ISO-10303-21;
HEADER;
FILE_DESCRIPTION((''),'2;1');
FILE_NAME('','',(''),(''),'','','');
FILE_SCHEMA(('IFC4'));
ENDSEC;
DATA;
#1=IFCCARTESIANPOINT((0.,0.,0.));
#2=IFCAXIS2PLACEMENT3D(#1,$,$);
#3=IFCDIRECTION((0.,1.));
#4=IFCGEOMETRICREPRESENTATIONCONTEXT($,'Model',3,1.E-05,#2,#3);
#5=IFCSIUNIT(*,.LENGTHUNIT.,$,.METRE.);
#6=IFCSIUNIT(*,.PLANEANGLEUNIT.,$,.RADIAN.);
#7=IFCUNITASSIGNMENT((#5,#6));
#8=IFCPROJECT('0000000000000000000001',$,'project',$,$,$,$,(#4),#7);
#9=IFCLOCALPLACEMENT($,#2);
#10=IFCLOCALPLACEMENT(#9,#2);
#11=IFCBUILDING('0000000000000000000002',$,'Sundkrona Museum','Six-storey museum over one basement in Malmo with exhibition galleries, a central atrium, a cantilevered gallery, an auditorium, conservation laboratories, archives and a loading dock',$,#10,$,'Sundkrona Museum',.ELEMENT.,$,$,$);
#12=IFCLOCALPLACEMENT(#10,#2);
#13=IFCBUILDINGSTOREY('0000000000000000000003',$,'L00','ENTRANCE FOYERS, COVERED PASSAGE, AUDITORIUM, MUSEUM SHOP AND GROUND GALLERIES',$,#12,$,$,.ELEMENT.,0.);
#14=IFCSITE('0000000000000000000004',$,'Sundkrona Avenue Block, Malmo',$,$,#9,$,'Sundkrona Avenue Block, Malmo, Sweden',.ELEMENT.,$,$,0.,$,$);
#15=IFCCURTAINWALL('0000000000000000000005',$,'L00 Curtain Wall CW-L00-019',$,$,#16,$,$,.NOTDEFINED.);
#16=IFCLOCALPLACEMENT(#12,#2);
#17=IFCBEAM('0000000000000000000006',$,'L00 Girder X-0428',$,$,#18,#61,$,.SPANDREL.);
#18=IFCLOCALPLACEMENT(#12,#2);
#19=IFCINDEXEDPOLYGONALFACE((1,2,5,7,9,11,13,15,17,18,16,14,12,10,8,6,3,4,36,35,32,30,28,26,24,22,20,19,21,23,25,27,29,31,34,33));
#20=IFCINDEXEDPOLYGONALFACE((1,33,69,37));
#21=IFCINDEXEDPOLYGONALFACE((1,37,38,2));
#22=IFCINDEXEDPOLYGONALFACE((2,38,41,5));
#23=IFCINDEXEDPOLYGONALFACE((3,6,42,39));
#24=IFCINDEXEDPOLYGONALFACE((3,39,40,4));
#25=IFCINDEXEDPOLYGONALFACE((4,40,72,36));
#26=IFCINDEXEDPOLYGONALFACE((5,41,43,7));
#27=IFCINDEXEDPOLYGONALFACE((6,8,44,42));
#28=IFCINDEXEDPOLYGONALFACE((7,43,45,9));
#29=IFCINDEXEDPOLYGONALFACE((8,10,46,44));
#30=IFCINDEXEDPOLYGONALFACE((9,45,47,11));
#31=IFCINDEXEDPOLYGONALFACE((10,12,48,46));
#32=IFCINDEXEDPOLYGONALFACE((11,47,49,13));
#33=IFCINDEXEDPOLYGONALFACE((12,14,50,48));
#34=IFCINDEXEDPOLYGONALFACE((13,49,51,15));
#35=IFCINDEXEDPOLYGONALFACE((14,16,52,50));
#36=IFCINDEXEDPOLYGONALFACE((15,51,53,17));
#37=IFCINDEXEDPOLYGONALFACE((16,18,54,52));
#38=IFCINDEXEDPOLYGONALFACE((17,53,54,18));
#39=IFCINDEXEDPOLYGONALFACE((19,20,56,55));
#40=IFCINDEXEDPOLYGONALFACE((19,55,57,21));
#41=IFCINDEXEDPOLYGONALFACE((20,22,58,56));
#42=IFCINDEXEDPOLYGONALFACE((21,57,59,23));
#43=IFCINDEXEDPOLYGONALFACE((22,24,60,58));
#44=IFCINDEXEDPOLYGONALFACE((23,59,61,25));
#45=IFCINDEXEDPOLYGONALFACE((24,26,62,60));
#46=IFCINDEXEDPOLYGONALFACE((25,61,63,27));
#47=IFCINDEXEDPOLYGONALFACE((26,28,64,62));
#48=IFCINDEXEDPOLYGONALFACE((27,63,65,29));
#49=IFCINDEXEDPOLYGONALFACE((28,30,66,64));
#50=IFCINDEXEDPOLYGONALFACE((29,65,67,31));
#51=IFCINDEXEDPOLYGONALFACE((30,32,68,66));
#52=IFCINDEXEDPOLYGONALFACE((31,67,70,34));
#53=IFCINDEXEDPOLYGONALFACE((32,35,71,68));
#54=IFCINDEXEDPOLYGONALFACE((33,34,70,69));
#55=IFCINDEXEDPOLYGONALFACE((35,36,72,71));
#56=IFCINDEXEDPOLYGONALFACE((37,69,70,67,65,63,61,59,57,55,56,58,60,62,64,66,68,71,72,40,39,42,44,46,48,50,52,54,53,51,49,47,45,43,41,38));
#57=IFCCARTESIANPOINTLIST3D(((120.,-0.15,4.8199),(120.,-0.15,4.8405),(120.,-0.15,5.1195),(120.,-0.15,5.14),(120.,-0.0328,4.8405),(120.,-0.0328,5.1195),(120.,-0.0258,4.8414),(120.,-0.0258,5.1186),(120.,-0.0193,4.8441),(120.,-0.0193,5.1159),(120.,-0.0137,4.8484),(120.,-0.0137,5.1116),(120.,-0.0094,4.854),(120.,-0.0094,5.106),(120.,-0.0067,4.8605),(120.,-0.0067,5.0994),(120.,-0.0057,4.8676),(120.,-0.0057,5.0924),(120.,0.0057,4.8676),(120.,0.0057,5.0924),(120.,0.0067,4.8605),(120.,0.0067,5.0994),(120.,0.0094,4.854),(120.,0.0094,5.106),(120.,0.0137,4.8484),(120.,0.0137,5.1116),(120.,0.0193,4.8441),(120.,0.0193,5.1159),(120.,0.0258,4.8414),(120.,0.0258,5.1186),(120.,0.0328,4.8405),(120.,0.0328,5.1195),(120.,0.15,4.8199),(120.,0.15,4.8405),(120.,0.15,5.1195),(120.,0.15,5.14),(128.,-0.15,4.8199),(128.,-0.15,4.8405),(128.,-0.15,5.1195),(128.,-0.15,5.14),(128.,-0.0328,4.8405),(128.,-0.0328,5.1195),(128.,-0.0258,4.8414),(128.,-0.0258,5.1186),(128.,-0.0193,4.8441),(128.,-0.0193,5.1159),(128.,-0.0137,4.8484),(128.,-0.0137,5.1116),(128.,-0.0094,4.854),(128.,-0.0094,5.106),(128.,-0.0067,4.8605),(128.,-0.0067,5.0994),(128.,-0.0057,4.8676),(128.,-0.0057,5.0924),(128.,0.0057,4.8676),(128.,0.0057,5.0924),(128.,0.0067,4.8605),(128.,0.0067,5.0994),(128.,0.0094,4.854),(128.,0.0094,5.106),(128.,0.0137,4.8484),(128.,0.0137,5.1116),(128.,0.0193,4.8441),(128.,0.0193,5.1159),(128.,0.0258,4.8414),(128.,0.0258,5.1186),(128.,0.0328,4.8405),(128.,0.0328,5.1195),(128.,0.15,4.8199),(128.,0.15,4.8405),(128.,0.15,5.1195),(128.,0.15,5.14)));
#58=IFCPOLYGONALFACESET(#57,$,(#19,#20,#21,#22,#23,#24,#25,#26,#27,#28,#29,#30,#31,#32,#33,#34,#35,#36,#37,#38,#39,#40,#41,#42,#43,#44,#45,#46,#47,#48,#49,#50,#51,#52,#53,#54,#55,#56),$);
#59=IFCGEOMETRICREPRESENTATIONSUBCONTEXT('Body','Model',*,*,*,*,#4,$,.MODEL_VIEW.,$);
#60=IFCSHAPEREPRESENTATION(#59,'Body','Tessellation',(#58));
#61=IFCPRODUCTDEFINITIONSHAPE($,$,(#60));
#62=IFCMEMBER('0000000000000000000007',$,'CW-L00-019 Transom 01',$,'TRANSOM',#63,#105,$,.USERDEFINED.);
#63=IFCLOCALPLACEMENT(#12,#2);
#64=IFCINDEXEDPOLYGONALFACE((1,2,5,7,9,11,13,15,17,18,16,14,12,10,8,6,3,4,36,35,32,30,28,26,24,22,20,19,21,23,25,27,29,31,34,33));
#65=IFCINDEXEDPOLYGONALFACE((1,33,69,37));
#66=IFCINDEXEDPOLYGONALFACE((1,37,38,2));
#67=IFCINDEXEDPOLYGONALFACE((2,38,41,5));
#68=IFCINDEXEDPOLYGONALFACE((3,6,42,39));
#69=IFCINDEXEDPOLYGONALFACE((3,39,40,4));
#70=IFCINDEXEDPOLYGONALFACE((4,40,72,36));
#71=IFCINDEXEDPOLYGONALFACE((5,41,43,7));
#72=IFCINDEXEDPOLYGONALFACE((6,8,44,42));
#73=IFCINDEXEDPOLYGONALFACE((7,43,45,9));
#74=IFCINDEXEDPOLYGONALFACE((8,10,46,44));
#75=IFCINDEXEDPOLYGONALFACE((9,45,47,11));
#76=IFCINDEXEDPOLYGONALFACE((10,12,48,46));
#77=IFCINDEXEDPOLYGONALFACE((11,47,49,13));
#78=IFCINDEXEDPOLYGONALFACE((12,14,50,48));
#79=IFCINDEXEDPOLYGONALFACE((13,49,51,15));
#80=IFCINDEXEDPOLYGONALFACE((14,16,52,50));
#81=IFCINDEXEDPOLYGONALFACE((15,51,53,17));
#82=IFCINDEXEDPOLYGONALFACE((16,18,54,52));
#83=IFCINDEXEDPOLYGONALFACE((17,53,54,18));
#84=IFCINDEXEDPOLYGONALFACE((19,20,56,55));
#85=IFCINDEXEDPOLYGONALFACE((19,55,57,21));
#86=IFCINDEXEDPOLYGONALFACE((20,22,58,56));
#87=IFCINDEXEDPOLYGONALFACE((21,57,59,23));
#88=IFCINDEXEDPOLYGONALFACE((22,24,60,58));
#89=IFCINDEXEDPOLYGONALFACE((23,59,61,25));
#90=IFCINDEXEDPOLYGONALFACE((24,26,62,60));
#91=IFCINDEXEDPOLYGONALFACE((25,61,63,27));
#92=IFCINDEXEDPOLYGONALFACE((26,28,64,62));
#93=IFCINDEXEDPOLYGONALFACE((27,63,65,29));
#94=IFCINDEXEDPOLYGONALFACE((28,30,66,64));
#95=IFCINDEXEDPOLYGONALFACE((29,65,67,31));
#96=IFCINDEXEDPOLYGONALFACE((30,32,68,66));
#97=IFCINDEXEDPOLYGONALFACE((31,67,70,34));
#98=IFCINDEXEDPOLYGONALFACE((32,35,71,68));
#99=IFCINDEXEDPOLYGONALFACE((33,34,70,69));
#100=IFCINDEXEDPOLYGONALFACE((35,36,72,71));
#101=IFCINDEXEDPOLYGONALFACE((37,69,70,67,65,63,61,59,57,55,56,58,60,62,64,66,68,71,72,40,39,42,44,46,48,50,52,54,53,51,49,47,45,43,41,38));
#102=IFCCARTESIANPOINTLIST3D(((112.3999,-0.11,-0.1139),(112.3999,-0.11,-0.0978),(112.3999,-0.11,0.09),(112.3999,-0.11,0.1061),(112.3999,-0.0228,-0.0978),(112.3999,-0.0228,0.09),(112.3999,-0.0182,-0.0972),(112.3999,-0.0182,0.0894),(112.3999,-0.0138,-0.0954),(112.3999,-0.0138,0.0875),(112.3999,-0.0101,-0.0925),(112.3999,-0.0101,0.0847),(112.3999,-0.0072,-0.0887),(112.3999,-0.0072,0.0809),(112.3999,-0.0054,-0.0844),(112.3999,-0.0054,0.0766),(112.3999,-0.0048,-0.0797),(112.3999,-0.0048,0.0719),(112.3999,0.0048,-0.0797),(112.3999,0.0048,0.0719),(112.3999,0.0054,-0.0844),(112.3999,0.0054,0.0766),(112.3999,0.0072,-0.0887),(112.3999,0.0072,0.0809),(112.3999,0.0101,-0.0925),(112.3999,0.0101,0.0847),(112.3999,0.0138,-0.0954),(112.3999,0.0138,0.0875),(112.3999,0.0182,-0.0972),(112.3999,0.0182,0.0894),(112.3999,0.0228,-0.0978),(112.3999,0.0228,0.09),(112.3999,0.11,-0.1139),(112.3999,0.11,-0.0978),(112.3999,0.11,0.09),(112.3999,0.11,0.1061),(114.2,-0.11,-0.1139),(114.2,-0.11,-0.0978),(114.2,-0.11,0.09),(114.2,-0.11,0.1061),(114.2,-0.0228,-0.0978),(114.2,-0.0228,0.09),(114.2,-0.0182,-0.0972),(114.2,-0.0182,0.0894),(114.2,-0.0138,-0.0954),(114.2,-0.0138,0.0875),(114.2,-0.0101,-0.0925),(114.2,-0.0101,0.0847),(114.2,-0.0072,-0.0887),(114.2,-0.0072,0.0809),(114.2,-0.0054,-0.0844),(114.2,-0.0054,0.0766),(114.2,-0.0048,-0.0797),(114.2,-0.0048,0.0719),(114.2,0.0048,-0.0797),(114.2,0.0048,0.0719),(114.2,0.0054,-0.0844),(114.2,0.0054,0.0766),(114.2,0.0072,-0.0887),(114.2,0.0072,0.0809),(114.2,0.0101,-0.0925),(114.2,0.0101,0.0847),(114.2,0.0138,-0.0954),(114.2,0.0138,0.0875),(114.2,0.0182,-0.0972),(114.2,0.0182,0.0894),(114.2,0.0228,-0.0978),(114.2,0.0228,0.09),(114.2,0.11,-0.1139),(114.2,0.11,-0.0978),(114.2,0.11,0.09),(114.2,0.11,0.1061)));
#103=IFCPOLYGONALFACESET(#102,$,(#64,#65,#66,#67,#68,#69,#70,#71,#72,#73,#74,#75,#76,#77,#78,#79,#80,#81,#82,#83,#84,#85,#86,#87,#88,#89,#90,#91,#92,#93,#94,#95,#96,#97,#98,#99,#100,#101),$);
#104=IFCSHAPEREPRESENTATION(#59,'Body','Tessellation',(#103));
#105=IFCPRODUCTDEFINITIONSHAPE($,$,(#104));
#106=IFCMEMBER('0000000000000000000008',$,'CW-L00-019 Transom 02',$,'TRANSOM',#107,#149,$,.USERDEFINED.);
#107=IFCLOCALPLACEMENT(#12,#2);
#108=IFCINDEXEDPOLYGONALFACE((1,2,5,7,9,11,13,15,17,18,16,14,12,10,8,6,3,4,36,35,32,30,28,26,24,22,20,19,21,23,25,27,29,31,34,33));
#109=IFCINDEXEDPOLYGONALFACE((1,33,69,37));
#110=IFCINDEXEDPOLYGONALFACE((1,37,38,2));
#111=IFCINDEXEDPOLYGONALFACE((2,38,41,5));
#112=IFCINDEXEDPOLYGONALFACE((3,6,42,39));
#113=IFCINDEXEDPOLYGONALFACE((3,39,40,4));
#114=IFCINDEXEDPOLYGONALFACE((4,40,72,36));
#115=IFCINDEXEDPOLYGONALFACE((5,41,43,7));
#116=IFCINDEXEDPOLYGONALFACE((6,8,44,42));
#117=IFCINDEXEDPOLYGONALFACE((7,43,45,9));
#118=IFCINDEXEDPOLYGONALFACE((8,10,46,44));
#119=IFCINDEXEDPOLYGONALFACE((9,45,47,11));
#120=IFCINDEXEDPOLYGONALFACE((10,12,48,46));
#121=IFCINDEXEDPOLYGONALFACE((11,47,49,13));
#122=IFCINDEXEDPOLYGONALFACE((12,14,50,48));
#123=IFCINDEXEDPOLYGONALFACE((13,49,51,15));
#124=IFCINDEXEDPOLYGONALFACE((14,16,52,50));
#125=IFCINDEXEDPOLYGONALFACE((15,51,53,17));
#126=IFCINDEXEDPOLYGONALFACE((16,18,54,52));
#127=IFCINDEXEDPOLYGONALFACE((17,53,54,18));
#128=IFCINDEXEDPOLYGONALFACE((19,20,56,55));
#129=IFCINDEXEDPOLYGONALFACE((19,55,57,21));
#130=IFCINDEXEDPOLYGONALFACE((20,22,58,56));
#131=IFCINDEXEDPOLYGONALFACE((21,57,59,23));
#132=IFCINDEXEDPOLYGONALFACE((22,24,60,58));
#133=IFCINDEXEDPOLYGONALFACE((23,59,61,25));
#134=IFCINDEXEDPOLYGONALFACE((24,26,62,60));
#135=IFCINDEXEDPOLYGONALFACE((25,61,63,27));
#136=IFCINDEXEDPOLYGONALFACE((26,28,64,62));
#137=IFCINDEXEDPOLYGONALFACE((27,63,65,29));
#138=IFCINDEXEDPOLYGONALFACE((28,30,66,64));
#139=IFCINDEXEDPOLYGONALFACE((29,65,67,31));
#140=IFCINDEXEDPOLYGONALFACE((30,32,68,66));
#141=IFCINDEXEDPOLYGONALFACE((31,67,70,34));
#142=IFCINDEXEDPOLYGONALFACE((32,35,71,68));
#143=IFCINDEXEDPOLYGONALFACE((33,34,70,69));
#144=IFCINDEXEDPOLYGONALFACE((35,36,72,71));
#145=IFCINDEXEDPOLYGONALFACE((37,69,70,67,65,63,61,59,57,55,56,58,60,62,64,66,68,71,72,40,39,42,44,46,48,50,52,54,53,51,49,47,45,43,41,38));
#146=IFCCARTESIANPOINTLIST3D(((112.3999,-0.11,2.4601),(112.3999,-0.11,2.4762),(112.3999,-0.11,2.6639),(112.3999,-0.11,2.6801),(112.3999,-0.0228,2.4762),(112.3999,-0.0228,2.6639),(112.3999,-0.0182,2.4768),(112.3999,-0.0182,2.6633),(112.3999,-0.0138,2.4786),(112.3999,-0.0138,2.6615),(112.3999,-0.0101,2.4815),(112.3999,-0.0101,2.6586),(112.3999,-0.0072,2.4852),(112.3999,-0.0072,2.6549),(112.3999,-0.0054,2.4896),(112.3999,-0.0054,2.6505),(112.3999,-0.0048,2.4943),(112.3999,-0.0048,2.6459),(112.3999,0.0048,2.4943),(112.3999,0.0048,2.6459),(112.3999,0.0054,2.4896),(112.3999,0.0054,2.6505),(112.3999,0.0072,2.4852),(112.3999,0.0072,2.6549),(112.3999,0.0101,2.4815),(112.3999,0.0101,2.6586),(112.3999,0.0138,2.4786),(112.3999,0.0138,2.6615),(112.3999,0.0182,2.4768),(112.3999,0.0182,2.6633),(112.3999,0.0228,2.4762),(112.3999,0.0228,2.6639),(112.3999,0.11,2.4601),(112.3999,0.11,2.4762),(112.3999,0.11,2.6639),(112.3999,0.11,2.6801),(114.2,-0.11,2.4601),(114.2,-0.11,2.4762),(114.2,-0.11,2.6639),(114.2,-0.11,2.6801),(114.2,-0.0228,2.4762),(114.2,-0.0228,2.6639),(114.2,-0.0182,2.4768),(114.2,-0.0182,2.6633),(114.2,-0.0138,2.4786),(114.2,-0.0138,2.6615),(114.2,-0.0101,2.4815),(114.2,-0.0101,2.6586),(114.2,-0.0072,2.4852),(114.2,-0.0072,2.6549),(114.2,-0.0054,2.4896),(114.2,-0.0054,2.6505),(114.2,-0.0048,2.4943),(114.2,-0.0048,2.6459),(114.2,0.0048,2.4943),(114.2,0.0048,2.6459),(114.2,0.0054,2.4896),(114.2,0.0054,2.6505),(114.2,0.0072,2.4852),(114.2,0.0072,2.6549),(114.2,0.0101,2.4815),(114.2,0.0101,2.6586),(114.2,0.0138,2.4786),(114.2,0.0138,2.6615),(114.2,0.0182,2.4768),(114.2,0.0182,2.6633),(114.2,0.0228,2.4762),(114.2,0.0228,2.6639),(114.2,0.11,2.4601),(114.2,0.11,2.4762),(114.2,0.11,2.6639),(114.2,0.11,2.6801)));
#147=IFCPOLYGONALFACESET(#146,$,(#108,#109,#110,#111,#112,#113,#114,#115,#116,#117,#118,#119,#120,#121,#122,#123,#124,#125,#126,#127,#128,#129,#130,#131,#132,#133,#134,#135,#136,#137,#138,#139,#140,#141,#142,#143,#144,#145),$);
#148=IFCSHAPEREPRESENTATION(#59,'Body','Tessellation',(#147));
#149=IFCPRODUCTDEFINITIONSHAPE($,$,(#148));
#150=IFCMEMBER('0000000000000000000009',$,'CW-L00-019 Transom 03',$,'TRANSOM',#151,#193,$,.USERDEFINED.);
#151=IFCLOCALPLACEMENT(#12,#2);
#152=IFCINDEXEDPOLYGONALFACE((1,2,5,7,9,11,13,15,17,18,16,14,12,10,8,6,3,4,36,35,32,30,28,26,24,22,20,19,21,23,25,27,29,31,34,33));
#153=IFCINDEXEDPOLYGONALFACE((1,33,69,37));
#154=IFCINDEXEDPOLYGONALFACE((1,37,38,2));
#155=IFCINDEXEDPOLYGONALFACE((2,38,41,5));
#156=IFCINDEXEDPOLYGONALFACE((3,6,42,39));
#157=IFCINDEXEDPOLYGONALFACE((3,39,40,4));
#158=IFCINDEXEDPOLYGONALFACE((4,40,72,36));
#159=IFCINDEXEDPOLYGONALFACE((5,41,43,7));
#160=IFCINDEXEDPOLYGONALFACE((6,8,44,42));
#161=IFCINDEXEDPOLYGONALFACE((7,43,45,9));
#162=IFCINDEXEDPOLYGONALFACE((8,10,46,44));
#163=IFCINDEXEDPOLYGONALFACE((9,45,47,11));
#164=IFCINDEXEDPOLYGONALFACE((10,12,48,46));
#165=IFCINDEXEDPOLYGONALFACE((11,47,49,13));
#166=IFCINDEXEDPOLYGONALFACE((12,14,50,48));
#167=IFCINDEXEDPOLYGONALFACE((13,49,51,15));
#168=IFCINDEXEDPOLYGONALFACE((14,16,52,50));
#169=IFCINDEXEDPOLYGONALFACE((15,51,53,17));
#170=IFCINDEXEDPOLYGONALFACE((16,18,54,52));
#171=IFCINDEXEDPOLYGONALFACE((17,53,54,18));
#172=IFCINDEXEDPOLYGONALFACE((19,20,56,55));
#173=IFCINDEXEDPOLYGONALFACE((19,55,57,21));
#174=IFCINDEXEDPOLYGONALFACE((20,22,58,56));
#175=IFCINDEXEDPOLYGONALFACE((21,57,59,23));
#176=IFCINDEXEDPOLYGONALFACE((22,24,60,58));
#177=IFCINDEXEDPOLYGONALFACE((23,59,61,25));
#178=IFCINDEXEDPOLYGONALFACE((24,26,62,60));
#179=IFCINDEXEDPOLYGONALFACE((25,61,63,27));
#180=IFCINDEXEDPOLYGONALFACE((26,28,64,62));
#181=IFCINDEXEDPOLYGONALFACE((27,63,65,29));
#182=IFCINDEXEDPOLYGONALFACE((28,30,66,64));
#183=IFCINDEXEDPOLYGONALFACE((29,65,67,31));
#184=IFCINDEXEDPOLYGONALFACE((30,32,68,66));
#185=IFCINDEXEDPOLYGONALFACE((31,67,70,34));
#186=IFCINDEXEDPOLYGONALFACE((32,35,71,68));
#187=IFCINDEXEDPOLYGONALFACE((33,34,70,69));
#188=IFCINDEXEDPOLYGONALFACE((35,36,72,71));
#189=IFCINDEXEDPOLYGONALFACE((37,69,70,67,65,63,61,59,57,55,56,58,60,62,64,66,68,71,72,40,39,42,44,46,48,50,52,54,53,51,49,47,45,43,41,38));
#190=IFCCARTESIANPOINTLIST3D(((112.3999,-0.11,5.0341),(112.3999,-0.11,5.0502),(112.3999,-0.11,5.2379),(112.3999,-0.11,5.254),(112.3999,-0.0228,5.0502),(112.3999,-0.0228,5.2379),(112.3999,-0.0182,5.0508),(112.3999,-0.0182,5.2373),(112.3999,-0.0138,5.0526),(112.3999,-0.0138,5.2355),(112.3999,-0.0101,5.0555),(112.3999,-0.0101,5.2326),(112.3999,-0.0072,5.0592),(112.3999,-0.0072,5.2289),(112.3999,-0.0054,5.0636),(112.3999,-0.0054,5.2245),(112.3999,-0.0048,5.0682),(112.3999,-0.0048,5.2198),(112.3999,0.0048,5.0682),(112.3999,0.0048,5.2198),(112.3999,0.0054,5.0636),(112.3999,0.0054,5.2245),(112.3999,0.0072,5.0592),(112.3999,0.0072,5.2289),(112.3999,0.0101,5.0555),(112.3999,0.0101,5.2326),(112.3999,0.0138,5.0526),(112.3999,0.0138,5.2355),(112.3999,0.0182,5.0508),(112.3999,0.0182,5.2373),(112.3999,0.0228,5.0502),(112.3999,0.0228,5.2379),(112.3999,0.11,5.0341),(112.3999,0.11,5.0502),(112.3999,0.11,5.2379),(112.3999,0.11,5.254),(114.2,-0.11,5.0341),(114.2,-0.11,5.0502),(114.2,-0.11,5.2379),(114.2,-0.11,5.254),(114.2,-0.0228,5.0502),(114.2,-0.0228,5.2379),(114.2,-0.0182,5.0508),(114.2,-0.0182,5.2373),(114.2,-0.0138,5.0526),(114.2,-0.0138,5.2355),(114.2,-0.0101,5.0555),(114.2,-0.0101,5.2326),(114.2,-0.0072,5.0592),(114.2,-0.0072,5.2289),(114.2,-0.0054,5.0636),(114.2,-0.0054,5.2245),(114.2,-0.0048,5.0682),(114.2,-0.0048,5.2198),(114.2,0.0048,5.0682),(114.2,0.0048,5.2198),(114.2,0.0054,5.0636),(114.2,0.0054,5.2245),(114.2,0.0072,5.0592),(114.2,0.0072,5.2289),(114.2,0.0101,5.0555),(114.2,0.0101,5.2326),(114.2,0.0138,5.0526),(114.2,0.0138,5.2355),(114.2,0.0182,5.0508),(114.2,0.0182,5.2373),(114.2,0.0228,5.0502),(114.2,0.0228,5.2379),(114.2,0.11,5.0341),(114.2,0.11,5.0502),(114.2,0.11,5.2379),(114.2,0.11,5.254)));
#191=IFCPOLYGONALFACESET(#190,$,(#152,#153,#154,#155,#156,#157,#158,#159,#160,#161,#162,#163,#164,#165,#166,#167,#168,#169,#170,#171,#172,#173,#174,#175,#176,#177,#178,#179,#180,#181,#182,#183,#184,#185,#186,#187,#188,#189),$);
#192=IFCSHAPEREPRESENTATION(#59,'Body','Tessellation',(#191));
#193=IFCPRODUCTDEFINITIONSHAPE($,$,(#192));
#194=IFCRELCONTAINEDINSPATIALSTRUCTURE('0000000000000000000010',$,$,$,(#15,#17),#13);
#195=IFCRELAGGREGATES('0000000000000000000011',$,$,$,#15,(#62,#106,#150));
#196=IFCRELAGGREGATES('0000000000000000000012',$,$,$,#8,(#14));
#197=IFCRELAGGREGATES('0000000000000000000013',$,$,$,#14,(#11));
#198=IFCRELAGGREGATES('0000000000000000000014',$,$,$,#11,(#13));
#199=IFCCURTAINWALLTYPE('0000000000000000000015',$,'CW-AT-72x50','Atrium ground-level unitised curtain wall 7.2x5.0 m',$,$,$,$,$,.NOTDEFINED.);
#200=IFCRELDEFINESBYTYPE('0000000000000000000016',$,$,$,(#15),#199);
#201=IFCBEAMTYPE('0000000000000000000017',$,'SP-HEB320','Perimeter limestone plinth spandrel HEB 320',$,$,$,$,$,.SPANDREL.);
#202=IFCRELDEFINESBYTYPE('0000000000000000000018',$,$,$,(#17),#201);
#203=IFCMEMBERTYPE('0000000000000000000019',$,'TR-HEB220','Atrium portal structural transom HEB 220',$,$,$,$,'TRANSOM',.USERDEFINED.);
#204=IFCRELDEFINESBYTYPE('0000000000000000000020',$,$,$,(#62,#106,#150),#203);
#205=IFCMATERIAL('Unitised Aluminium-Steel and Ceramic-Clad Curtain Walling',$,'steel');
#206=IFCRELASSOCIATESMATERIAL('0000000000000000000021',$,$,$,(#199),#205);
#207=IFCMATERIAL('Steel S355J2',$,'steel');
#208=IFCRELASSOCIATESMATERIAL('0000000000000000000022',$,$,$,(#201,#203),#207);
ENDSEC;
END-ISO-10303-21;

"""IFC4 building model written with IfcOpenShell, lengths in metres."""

from ifc_helpers import new_model, si_unit, direction, frame, origin, origin_2d, place, context, subcontext, project, spatial, i_section, extrude, material, material_profile, profile_set, type_object, element, aggregate, save


model = new_model("IFC4")

# Units and contexts
model_context = context("Model", 3, precision=1e-05, world=origin(), true_north=direction((0.0, 1.0)))
body_context = subcontext(model_context, "Body", "Model", "MODEL_VIEW")
ifc_project = project(units=[si_unit("LENGTHUNIT", "METRE"), si_unit("PLANEANGLEUNIT", "RADIAN")], contexts=[model_context])

# Site, building, storey
site_placement = place(None, origin())
site = spatial("IfcSite", under=ifc_project, at=site_placement, Name="Sundkrona Avenue Block, Malmo", LongName="Sundkrona Avenue Block, Malmo, Sweden", CompositionType="ELEMENT", RefElevation=0.0)
building_placement = place(site_placement, origin())
building = spatial("IfcBuilding", under=site, at=building_placement, Name="Sundkrona Museum", Description="Six-storey museum over one basement in Malmo with exhibition galleries, a central atrium, a cantilevered gallery, an auditorium, conservation laboratories, archives and a loading dock", LongName="Sundkrona Museum", CompositionType="ELEMENT")
storey_placement = place(building_placement, origin())
storey = spatial("IfcBuildingStorey", under=building, at=storey_placement, Name="L00", Description="ENTRANCE FOYERS, COVERED PASSAGE, AUDITORIUM, MUSEUM SHOP AND GROUND GALLERIES", CompositionType="ELEMENT", Elevation=0.0)

# Shared definitions
ifc_material_1 = material(Name="Steel S355J2", Category="steel")

# Curtain wall
ifc_material_2 = material(Name="Unitised Aluminium-Steel and Ceramic-Clad Curtain Walling", Category="steel")
curtain_wall_type = type_object("IfcCurtainWallType", Name="CW-AT-72x50", Description="Atrium ground-level unitised curtain wall 7.2x5.0 m", PredefinedType="NOTDEFINED", material=ifc_material_2)
curtain_wall_placement = place(storey_placement, origin())
curtain_wall = element("IfcCurtainWall", 1, at=curtain_wall_placement, inside=storey, type_object=curtain_wall_type, Name="L00 Curtain Wall CW-L00-019", PredefinedType="NOTDEFINED")

# Beam
ifc_material_profile_1 = material_profile(ifc_material_1, i_section(OverallWidth=0.3, OverallDepth=0.3201, WebThickness=0.0115, FlangeThickness=0.0205, FilletRadius=0.0271, at=origin_2d()), Name="HEB 320")
ifc_profile_set_1 = profile_set([ifc_material_profile_1], Name="Steel S355J2")
beam_type_1 = type_object("IfcBeamType", Name="SP-HEB320", Description="Perimeter limestone plinth spandrel HEB 320", PredefinedType="SPANDREL", material=ifc_profile_set_1)
beam_1_placement = place(storey_placement, frame((120.0, 0.0, 4.98), z_axis=(1.0, 0.0, 0.0), x_axis=(0.0, 1.0, 0.0)))
element("IfcBeam", 2, at=beam_1_placement, inside=storey, type_object=beam_type_1, Name="L00 Girder X-0428", PredefinedType="SPANDREL", context=body_context, shape_type="SweptSolid", body=[
    extrude(i_section(OverallWidth=0.3, OverallDepth=0.3201, WebThickness=0.0115, FlangeThickness=0.0205, FilletRadius=0.0271, at=origin_2d()), origin(), (0.0, 0.0, 1.0), 8.0),
])

# Members
ifc_material_profile_2 = material_profile(ifc_material_1, i_section(OverallWidth=0.22, OverallDepth=0.22, WebThickness=0.0095, FlangeThickness=0.0161, FilletRadius=0.0181, at=origin_2d()), Name="HEB 220")
ifc_profile_set_2 = profile_set([ifc_material_profile_2], Name="Steel S355J2")
member_type_1 = type_object("IfcMemberType", Name="TR-HEB220", Description="Atrium portal structural transom HEB 220", ElementType="TRANSOM", PredefinedType="USERDEFINED", material=ifc_profile_set_2)
member_1_placement = place(storey_placement, frame((112.3999, 0.0, -0.0039), z_axis=(1.0, 0.0, 0.0), x_axis=(0.0, 1.0, 0.0)))
member_1 = element("IfcMember", 3, at=member_1_placement, type_object=member_type_1, Name="CW-L00-019 Transom 01", ObjectType="TRANSOM", PredefinedType="USERDEFINED", context=body_context, shape_type="SweptSolid", body=[
    extrude(i_section(OverallWidth=0.22, OverallDepth=0.22, WebThickness=0.0095, FlangeThickness=0.0161, FilletRadius=0.0181, at=origin_2d()), origin(), (0.0, 0.0, 1.0), 1.8),
])
member_2_placement = place(storey_placement, frame((112.3999, 0.0, 2.5701), z_axis=(1.0, 0.0, 0.0), x_axis=(0.0, 1.0, 0.0)))
member_2 = element("IfcMember", 4, at=member_2_placement, type_object=member_type_1, Name="CW-L00-019 Transom 02", ObjectType="TRANSOM", PredefinedType="USERDEFINED", context=body_context, shape_type="SweptSolid", body=[
    extrude(i_section(OverallWidth=0.22, OverallDepth=0.22, WebThickness=0.0095, FlangeThickness=0.0161, FilletRadius=0.0181, at=origin_2d()), origin(), (0.0, 0.0, 1.0), 1.8),
])
member_3_placement = place(storey_placement, frame((112.3999, 0.0, 5.144), z_axis=(1.0, 0.0, 0.0), x_axis=(0.0, 1.0, 0.0)))
member_3 = element("IfcMember", 5, at=member_3_placement, type_object=member_type_1, Name="CW-L00-019 Transom 03", ObjectType="TRANSOM", PredefinedType="USERDEFINED", context=body_context, shape_type="SweptSolid", body=[
    extrude(i_section(OverallWidth=0.22, OverallDepth=0.22, WebThickness=0.0095, FlangeThickness=0.0161, FilletRadius=0.0181, at=origin_2d()), origin(), (0.0, 0.0, 1.0), 1.8),
])

aggregate(curtain_wall, [member_1, member_2, member_3])

save(model, "model.ifc")
